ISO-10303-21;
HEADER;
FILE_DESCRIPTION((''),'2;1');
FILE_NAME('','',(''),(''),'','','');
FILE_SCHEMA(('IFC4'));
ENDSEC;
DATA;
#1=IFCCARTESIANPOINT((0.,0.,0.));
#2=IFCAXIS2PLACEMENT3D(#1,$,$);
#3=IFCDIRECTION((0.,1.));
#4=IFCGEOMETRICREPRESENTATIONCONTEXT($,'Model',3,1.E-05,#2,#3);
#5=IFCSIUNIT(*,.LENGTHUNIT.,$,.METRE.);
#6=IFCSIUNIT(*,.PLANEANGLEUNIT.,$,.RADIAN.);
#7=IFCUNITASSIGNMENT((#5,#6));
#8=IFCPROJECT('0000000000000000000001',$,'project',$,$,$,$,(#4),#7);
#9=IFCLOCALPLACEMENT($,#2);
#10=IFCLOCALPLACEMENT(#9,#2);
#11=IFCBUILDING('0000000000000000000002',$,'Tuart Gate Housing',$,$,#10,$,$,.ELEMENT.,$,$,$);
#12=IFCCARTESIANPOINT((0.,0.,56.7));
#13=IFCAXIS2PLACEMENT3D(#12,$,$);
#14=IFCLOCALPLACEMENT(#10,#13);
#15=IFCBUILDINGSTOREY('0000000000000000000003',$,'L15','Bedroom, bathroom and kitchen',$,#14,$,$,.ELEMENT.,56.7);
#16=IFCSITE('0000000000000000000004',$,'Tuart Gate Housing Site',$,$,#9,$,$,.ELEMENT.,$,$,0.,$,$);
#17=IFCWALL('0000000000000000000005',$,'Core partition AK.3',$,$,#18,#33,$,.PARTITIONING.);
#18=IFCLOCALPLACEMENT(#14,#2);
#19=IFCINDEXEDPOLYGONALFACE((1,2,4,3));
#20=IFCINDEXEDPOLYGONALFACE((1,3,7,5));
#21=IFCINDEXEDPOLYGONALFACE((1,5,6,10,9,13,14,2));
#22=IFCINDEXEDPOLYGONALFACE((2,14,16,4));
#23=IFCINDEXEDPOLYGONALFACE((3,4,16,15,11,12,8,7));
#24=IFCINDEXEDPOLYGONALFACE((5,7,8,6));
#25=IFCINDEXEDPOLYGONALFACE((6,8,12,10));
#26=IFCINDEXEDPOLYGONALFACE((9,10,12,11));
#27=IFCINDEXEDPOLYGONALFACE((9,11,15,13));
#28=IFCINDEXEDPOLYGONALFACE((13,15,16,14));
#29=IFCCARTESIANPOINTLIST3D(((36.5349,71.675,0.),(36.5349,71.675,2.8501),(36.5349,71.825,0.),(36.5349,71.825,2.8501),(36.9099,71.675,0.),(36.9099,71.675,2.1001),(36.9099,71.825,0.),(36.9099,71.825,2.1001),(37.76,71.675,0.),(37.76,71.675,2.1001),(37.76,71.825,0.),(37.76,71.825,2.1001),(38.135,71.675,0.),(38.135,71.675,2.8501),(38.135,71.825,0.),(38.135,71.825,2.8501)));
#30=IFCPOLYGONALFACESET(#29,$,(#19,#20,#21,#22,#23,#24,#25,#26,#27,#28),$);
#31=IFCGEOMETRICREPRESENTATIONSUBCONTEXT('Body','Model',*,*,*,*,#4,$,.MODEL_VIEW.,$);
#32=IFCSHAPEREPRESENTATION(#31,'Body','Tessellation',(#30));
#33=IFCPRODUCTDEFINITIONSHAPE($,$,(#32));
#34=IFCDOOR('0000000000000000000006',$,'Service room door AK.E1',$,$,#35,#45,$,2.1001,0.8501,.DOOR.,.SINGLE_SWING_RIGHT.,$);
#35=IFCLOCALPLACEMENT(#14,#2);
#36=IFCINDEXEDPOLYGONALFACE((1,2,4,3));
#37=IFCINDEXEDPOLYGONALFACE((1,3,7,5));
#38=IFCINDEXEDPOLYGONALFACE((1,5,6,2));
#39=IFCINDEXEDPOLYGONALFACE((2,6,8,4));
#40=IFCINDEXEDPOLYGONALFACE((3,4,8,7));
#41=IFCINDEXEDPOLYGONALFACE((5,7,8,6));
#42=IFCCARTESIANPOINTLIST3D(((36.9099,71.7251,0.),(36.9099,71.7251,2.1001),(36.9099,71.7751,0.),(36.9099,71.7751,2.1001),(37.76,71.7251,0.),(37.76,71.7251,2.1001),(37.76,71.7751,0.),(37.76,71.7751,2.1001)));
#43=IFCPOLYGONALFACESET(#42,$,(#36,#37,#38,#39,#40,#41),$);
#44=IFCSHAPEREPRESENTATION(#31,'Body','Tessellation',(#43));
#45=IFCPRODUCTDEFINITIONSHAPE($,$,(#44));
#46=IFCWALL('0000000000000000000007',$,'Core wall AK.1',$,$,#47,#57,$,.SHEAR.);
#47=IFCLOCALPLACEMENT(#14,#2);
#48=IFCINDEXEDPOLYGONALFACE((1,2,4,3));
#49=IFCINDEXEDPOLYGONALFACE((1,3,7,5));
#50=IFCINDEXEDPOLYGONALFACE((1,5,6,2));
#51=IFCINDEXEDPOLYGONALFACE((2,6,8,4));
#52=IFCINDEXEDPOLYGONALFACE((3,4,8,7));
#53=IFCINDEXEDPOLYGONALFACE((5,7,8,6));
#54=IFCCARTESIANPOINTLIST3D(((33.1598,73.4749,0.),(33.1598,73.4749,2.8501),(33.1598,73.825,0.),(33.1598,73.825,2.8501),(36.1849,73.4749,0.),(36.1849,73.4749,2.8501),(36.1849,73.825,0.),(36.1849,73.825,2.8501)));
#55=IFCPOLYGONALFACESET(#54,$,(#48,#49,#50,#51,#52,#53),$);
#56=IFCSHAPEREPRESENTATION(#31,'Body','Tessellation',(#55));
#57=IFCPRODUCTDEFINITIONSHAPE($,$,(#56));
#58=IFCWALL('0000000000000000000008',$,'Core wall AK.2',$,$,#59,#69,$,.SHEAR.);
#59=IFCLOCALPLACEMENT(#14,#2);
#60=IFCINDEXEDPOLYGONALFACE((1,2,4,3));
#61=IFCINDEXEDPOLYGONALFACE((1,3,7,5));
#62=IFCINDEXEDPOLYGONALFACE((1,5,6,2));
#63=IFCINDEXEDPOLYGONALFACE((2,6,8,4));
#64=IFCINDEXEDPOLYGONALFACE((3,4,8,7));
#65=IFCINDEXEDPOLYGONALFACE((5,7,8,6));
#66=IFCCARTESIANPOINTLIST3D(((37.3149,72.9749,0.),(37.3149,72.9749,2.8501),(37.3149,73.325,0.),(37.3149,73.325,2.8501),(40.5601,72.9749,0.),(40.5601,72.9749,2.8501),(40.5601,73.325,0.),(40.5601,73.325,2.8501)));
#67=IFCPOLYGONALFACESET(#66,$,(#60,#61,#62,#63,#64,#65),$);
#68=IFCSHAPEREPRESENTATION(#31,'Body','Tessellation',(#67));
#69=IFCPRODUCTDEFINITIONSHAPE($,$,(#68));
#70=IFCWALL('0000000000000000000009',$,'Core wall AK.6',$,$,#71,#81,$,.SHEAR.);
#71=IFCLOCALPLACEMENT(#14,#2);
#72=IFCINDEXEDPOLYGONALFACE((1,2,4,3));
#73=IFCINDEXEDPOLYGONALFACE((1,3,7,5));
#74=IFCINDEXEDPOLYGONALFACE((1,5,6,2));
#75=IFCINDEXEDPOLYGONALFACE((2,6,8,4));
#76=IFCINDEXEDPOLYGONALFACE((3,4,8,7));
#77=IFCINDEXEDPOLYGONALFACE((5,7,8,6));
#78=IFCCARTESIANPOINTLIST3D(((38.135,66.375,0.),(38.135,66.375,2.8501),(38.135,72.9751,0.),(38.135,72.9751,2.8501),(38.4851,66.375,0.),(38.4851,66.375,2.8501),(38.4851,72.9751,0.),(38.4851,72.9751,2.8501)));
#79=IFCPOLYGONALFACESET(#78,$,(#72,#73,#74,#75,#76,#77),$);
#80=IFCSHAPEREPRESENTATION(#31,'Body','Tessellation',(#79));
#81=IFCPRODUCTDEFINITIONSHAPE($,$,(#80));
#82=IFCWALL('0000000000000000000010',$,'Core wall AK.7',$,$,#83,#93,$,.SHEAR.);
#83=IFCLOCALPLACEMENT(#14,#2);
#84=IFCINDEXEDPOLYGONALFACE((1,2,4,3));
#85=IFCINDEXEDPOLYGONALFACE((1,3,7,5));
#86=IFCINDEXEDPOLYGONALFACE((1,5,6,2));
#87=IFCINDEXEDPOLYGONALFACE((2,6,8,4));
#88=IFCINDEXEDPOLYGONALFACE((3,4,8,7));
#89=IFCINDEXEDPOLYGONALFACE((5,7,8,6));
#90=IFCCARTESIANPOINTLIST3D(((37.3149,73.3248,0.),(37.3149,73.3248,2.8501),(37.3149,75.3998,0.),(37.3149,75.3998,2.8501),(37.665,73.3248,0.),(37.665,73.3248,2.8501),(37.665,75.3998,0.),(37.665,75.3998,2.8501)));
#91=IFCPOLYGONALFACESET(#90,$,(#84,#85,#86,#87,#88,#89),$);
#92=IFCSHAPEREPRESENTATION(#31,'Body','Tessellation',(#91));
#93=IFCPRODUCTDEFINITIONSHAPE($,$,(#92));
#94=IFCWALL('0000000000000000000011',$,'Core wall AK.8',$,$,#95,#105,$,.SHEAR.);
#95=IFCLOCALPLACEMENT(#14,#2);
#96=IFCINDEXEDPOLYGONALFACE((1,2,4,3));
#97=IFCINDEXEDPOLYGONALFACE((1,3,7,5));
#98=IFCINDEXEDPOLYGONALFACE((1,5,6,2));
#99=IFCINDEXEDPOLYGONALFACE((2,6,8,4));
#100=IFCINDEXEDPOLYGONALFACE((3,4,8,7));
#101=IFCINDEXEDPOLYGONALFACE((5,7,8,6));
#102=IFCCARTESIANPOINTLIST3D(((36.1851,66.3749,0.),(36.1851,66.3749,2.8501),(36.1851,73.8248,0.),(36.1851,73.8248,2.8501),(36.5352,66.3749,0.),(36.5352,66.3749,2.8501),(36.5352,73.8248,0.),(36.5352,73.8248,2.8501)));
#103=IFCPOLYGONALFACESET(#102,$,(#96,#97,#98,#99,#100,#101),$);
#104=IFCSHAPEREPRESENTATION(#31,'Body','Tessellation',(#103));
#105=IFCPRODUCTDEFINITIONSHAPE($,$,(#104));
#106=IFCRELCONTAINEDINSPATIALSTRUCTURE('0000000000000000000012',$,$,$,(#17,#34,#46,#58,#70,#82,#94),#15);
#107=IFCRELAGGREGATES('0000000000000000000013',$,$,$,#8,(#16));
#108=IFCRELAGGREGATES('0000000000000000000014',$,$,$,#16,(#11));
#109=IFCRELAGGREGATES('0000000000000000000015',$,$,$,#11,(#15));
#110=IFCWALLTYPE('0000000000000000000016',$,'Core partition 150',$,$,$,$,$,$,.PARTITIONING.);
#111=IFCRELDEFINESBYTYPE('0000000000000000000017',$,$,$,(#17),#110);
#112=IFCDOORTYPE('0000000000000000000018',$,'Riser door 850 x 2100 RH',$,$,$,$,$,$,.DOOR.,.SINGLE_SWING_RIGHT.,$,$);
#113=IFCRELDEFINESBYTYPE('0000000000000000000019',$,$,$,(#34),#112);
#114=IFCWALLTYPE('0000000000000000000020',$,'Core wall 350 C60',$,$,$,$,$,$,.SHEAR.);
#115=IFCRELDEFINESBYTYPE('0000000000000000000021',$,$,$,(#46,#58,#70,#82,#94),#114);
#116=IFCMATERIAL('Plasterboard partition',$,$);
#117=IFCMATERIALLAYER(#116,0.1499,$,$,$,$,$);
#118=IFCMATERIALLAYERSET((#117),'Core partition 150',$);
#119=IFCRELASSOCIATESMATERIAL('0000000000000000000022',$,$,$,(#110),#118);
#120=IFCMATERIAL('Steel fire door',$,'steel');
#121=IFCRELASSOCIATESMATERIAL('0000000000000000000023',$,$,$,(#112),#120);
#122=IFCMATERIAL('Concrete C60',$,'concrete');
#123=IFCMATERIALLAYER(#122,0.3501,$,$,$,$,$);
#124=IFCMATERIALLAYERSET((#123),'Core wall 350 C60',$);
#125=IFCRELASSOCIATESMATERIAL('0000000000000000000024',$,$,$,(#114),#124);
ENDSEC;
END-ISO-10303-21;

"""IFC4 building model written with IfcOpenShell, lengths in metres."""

from ifc_helpers import new_model, si_unit, direction, frame, frame_2d, origin, place, context, subcontext, project, spatial, rectangle, extrude, material, layer, layer_set, type_object, element, fill, save


model = new_model("IFC4")

# Units and contexts
model_context = context("Model", 3, precision=1e-05, world=origin(), true_north=direction((0.0, 1.0)))
body_context = subcontext(model_context, "Body", "Model", "MODEL_VIEW")
ifc_project = project(units=[si_unit("LENGTHUNIT", "METRE"), si_unit("PLANEANGLEUNIT", "RADIAN")], contexts=[model_context])

# Site, building, storey
site_placement = place(None, origin())
site = spatial("IfcSite", under=ifc_project, at=site_placement, Name="Tuart Gate Housing Site", CompositionType="ELEMENT", RefElevation=0.0)
building_placement = place(site_placement, origin())
building = spatial("IfcBuilding", under=site, at=building_placement, Name="Tuart Gate Housing", CompositionType="ELEMENT")
storey_placement = place(building_placement, frame((0.0, 0.0, 56.7)))
storey = spatial("IfcBuildingStorey", under=building, at=storey_placement, Name="L15", Description="Bedroom, bathroom and kitchen", CompositionType="ELEMENT", Elevation=56.7)

# Wall, opening, door
ifc_material_1 = material(Name="Plasterboard partition")
ifc_layer_1 = layer(ifc_material_1, 0.1499)
ifc_layer_set_1 = layer_set([ifc_layer_1], Name="Core partition 150")
wall_type_1 = type_object("IfcWallType", Name="Core partition 150", PredefinedType="PARTITIONING", material=ifc_layer_set_1)
wall_1_placement = place(storey_placement, frame((38.135, 71.75, 0.0), z_axis=(0.0, 0.0, 1.0), x_axis=(-1.0, 0.0, 0.0)))
wall_1 = element("IfcWall", 1, at=wall_1_placement, inside=storey, type_object=wall_type_1, Name="Core partition AK.3", PredefinedType="PARTITIONING", context=body_context, shape_type="SweptSolid", body=[
    extrude(rectangle(XDim=1.6001, YDim=0.1499, at=frame_2d((0.8, 0.0))), origin(), (0.0, 0.0, 1.0), 2.8501),
])
opening_1_placement = place(wall_1_placement, frame((0.375, 0.0, 0.0)))
opening_1 = element("IfcOpeningElement", 2, at=opening_1_placement, cuts=wall_1, PredefinedType="OPENING", context=body_context, shape_type="SweptSolid", body=[
    extrude(rectangle(XDim=0.8501, YDim=2.1001, at=frame_2d((0.425, 1.05))), frame((0.0, 0.085, 0.0), z_axis=(0.0, -1.0, 0.0), x_axis=(1.0, 0.0, 0.0)), (0.0, 0.0, 1.0), 0.1699),
])
ifc_material_2 = material(Name="Steel fire door", Category="steel")
door_type_1 = type_object("IfcDoorType", Name="Riser door 850 x 2100 RH", OperationType="SINGLE_SWING_RIGHT", PredefinedType="DOOR", material=ifc_material_2)
door_1_placement = place(opening_1_placement, frame((0.8501, 0.0, 0.0), z_axis=(0.0, 0.0, 1.0), x_axis=(-1.0, 0.0, 0.0)))
door_1 = element("IfcDoor", 3, at=door_1_placement, inside=storey, type_object=door_type_1, Name="Service room door AK.E1", OperationType="SINGLE_SWING_RIGHT", OverallHeight=2.1001, OverallWidth=0.8501, PredefinedType="DOOR", context=body_context, shape_type="SweptSolid", body=[
    extrude(rectangle(XDim=0.8501, YDim=2.1001, at=frame_2d((0.425, 1.05))), frame((0.0, 0.0251, 0.0), z_axis=(0.0, -1.0, 0.0), x_axis=(1.0, 0.0, 0.0)), (0.0, 0.0, 1.0), 0.05),
])
fill(opening_1, door_1)

# Walls
ifc_material_3 = material(Name="Concrete C60", Category="concrete")
ifc_layer_2 = layer(ifc_material_3, 0.3501)
ifc_layer_set_2 = layer_set([ifc_layer_2], Name="Core wall 350 C60")
wall_type_2 = type_object("IfcWallType", Name="Core wall 350 C60", PredefinedType="SHEAR", material=ifc_layer_set_2)
wall_2_placement = place(storey_placement, frame((36.1851, 73.6499, 0.0), z_axis=(0.0, 0.0, 1.0), x_axis=(-1.0, 0.0, 0.0)))
element("IfcWall", 4, at=wall_2_placement, inside=storey, type_object=wall_type_2, Name="Core wall AK.1", PredefinedType="SHEAR", context=body_context, shape_type="SweptSolid", body=[
    extrude(rectangle(XDim=3.0251, YDim=0.3501, at=frame_2d((1.5127, 0.0))), origin(), (0.0, 0.0, 1.0), 2.8501),
])
wall_3_placement = place(storey_placement, frame((40.5601, 73.1499, 0.0), z_axis=(0.0, 0.0, 1.0), x_axis=(-1.0, 0.0, 0.0)))
element("IfcWall", 5, at=wall_3_placement, inside=storey, type_object=wall_type_2, Name="Core wall AK.2", PredefinedType="SHEAR", context=body_context, shape_type="SweptSolid", body=[
    extrude(rectangle(XDim=3.2451, YDim=0.3501, at=frame_2d((1.6226, 0.0))), origin(), (0.0, 0.0, 1.0), 2.8501),
])
wall_4_placement = place(storey_placement, frame((38.3101, 72.9751, 0.0), z_axis=(0.0, 0.0, 1.0), x_axis=(0.0, -1.0, 0.0)))
element("IfcWall", 6, at=wall_4_placement, inside=storey, type_object=wall_type_2, Name="Core wall AK.6", PredefinedType="SHEAR", context=body_context, shape_type="SweptSolid", body=[
    extrude(rectangle(XDim=6.6001, YDim=0.3501, at=frame_2d((3.3, 0.0))), origin(), (0.0, 0.0, 1.0), 2.8501),
])
wall_5_placement = place(storey_placement, frame((37.49, 75.3999, 0.0), z_axis=(0.0, 0.0, 1.0), x_axis=(0.0, -1.0, 0.0)))
element("IfcWall", 7, at=wall_5_placement, inside=storey, type_object=wall_type_2, Name="Core wall AK.7", PredefinedType="SHEAR", context=body_context, shape_type="SweptSolid", body=[
    extrude(rectangle(XDim=2.075, YDim=0.3501, at=frame_2d((1.0376, 0.0))), origin(), (0.0, 0.0, 1.0), 2.8501),
])
wall_6_placement = place(storey_placement, frame((36.3601, 73.825, 0.0), z_axis=(0.0, 0.0, 1.0), x_axis=(0.0, -1.0, 0.0)))
element("IfcWall", 8, at=wall_6_placement, inside=storey, type_object=wall_type_2, Name="Core wall AK.8", PredefinedType="SHEAR", context=body_context, shape_type="SweptSolid", body=[
    extrude(rectangle(XDim=7.45, YDim=0.3501, at=frame_2d((3.7251, 0.0))), origin(), (0.0, 0.0, 1.0), 2.8501),
])

save(model, "model.ifc")
